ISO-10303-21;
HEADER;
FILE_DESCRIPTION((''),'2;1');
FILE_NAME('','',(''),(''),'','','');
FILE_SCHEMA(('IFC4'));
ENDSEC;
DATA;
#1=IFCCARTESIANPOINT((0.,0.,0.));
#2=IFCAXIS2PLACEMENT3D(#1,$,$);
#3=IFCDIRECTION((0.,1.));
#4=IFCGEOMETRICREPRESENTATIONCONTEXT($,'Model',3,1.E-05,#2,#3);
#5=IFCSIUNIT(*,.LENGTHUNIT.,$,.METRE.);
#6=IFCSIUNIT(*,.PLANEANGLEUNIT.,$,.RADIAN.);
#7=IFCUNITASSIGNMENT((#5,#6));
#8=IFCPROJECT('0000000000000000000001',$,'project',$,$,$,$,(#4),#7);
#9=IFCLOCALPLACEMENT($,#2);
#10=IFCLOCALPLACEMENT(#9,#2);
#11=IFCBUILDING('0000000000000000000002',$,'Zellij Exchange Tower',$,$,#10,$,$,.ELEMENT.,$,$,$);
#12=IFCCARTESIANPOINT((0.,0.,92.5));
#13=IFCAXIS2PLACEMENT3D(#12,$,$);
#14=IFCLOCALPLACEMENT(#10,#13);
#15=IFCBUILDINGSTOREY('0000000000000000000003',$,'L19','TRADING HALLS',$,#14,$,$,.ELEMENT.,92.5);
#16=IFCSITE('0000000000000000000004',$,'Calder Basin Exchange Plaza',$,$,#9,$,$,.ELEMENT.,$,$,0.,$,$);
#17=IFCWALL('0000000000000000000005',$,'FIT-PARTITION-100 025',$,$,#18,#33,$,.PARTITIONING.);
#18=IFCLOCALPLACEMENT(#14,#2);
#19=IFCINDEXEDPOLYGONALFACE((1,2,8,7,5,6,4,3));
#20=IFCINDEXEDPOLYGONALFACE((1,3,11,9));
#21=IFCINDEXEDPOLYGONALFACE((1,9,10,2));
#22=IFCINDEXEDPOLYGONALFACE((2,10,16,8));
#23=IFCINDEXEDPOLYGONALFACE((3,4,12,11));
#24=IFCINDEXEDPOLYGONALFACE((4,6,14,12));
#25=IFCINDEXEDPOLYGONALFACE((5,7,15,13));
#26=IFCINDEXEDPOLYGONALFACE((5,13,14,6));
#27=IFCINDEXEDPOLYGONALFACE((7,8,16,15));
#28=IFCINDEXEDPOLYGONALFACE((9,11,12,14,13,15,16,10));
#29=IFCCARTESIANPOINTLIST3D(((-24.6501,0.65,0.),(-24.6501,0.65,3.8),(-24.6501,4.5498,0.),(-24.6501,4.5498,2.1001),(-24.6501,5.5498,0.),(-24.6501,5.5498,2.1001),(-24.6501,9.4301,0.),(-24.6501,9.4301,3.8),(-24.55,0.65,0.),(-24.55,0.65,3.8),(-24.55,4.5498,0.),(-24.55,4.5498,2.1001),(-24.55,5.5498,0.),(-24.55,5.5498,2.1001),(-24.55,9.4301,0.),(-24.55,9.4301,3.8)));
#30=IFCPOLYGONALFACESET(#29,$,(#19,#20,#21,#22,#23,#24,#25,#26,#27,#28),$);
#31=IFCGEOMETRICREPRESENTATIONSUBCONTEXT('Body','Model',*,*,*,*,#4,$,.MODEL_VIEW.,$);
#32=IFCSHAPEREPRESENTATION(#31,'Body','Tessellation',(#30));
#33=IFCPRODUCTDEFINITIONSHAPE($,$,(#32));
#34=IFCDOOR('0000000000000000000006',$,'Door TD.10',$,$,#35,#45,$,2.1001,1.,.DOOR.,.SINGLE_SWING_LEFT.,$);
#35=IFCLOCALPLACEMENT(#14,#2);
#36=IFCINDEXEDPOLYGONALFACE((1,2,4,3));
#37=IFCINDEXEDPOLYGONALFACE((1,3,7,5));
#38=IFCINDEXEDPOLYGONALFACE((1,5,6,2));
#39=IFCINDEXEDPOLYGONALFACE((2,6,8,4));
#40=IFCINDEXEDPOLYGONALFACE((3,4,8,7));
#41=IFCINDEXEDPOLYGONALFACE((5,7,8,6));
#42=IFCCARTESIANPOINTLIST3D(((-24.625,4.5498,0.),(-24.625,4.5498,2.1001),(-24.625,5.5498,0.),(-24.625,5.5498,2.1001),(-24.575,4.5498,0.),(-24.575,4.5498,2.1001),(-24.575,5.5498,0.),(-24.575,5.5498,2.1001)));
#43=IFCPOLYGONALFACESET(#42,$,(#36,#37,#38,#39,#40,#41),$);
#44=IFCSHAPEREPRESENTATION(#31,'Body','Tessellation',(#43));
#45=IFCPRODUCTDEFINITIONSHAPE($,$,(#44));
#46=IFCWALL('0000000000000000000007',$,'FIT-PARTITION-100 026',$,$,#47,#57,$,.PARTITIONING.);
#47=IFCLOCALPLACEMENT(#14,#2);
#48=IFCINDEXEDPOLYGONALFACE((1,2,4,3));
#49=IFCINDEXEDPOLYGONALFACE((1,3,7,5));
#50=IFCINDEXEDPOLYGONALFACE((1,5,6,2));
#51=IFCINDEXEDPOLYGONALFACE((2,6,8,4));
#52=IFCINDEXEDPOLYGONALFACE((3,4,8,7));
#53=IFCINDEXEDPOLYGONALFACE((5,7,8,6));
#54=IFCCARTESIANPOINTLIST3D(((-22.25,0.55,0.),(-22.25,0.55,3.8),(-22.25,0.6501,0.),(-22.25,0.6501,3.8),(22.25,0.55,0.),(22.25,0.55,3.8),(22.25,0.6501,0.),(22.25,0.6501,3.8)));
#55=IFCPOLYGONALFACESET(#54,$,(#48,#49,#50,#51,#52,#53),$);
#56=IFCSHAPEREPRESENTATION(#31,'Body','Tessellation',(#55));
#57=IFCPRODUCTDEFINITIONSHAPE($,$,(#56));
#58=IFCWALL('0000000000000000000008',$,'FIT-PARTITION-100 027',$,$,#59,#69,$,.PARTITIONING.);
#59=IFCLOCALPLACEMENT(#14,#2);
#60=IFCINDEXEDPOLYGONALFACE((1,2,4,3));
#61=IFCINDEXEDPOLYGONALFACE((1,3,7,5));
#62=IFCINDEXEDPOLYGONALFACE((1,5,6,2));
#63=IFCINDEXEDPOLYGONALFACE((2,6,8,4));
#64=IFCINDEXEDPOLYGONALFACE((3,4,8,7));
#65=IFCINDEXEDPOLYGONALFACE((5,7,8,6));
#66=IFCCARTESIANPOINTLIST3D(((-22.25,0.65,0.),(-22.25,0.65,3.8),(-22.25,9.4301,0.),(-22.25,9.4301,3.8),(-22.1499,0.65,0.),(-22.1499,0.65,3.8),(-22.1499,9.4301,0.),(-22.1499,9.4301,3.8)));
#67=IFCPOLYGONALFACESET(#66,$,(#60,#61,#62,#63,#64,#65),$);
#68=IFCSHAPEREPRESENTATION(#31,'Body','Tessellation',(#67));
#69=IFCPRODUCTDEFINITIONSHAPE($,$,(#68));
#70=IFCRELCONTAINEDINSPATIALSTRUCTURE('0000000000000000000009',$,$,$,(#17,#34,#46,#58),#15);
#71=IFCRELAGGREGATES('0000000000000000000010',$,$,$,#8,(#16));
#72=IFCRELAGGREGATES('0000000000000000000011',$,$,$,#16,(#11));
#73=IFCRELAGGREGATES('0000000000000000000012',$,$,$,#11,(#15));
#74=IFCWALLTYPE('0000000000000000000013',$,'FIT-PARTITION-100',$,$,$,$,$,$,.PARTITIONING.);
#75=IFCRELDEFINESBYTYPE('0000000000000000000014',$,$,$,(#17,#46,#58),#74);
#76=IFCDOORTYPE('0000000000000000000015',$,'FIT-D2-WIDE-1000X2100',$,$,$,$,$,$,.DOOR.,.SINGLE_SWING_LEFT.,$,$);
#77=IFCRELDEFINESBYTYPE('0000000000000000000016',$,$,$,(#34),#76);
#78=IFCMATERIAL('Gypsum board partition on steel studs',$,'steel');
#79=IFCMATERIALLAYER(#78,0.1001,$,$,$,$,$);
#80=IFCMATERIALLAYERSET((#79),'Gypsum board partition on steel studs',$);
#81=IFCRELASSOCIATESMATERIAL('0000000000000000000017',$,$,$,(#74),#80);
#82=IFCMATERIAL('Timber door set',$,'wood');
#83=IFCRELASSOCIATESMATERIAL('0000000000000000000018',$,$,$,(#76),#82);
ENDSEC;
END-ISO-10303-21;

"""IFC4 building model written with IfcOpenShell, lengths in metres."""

from ifc_helpers import new_model, si_unit, direction, frame, frame_2d, origin, place, context, subcontext, project, spatial, rectangle, extrude, material, layer, layer_set, type_object, element, fill, save


model = new_model("IFC4")

# Units and contexts
model_context = context("Model", 3, precision=1e-05, world=origin(), true_north=direction((0.0, 1.0)))
body_context = subcontext(model_context, "Body", "Model", "MODEL_VIEW")
ifc_project = project(units=[si_unit("LENGTHUNIT", "METRE"), si_unit("PLANEANGLEUNIT", "RADIAN")], contexts=[model_context])

# Site, building, storey
site_placement = place(None, origin())
site = spatial("IfcSite", under=ifc_project, at=site_placement, Name="Calder Basin Exchange Plaza", CompositionType="ELEMENT", RefElevation=0.0)
building_placement = place(site_placement, origin())
building = spatial("IfcBuilding", under=site, at=building_placement, Name="Zellij Exchange Tower", CompositionType="ELEMENT")
storey_placement = place(building_placement, frame((0.0, 0.0, 92.5)))
storey = spatial("IfcBuildingStorey", under=building, at=storey_placement, Name="L19", Description="TRADING HALLS", CompositionType="ELEMENT", Elevation=92.5)

# Shared definitions
ifc_material_1 = material(Name="Gypsum board partition on steel studs", Category="steel")
ifc_layer_1 = layer(ifc_material_1, 0.1001)
ifc_layer_set_1 = layer_set([ifc_layer_1], Name="Gypsum board partition on steel studs")
wall_type_1 = type_object("IfcWallType", Name="FIT-PARTITION-100", PredefinedType="PARTITIONING", material=ifc_layer_set_1)

# Wall, opening, door
wall_1_placement = place(storey_placement, frame((-24.6001, 0.6499, 0.0), z_axis=(0.0, 0.0, 1.0), x_axis=(0.0, 1.0, 0.0)))
wall_1 = element("IfcWall", 1, at=wall_1_placement, inside=storey, type_object=wall_type_1, Name="FIT-PARTITION-100 025", PredefinedType="PARTITIONING", context=body_context, shape_type="SweptSolid", body=[
    extrude(rectangle(XDim=8.78, YDim=0.1001, at=frame_2d((4.3901, 0.0))), origin(), (0.0, 0.0, 1.0), 3.8),
])
opening_1_placement = place(wall_1_placement, frame((3.8999, 0.0, 0.0)))
opening_1 = element("IfcOpeningElement", 2, at=opening_1_placement, cuts=wall_1, PredefinedType="OPENING", context=body_context, shape_type="SweptSolid", body=[
    extrude(rectangle(XDim=1.0, YDim=2.1001, at=frame_2d((0.5, 1.05))), frame((0.0, 0.062, 0.0), z_axis=(0.0, -1.0, 0.0), x_axis=(1.0, 0.0, 0.0)), (0.0, 0.0, 1.0), 0.124),
])
ifc_material_2 = material(Name="Timber door set", Category="wood")
door_type_1 = type_object("IfcDoorType", Name="FIT-D2-WIDE-1000X2100", OperationType="SINGLE_SWING_LEFT", PredefinedType="DOOR", material=ifc_material_2)
door_1_placement = place(opening_1_placement, origin())
door_1 = element("IfcDoor", 3, at=door_1_placement, inside=storey, type_object=door_type_1, Name="Door TD.10", OperationType="SINGLE_SWING_LEFT", OverallHeight=2.1001, OverallWidth=1.0, PredefinedType="DOOR", context=body_context, shape_type="SweptSolid", body=[
    extrude(rectangle(XDim=1.0, YDim=2.1001, at=frame_2d((0.5, 1.05))), frame((0.0, 0.0249, 0.0), z_axis=(0.0, -1.0, 0.0), x_axis=(1.0, 0.0, 0.0)), (0.0, 0.0, 1.0), 0.05),
])
fill(opening_1, door_1)

# Walls
wall_2_placement = place(storey_placement, frame((-22.25, 0.6001, 0.0), z_axis=(0.0, 0.0, 1.0), x_axis=(1.0, 0.0, 0.0)))
element("IfcWall", 4, at=wall_2_placement, inside=storey, type_object=wall_type_1, Name="FIT-PARTITION-100 026", PredefinedType="PARTITIONING", context=body_context, shape_type="SweptSolid", body=[
    extrude(rectangle(XDim=44.5, YDim=0.1001, at=frame_2d((22.25, 0.0))), origin(), (0.0, 0.0, 1.0), 3.8),
])
wall_3_placement = place(storey_placement, frame((-22.2, 0.6499, 0.0), z_axis=(0.0, 0.0, 1.0), x_axis=(0.0, 1.0, 0.0)))
element("IfcWall", 5, at=wall_3_placement, inside=storey, type_object=wall_type_1, Name="FIT-PARTITION-100 027", PredefinedType="PARTITIONING", context=body_context, shape_type="SweptSolid", body=[
    extrude(rectangle(XDim=8.78, YDim=0.1001, at=frame_2d((4.3901, 0.0))), origin(), (0.0, 0.0, 1.0), 3.8),
])

save(model, "model.ifc")
